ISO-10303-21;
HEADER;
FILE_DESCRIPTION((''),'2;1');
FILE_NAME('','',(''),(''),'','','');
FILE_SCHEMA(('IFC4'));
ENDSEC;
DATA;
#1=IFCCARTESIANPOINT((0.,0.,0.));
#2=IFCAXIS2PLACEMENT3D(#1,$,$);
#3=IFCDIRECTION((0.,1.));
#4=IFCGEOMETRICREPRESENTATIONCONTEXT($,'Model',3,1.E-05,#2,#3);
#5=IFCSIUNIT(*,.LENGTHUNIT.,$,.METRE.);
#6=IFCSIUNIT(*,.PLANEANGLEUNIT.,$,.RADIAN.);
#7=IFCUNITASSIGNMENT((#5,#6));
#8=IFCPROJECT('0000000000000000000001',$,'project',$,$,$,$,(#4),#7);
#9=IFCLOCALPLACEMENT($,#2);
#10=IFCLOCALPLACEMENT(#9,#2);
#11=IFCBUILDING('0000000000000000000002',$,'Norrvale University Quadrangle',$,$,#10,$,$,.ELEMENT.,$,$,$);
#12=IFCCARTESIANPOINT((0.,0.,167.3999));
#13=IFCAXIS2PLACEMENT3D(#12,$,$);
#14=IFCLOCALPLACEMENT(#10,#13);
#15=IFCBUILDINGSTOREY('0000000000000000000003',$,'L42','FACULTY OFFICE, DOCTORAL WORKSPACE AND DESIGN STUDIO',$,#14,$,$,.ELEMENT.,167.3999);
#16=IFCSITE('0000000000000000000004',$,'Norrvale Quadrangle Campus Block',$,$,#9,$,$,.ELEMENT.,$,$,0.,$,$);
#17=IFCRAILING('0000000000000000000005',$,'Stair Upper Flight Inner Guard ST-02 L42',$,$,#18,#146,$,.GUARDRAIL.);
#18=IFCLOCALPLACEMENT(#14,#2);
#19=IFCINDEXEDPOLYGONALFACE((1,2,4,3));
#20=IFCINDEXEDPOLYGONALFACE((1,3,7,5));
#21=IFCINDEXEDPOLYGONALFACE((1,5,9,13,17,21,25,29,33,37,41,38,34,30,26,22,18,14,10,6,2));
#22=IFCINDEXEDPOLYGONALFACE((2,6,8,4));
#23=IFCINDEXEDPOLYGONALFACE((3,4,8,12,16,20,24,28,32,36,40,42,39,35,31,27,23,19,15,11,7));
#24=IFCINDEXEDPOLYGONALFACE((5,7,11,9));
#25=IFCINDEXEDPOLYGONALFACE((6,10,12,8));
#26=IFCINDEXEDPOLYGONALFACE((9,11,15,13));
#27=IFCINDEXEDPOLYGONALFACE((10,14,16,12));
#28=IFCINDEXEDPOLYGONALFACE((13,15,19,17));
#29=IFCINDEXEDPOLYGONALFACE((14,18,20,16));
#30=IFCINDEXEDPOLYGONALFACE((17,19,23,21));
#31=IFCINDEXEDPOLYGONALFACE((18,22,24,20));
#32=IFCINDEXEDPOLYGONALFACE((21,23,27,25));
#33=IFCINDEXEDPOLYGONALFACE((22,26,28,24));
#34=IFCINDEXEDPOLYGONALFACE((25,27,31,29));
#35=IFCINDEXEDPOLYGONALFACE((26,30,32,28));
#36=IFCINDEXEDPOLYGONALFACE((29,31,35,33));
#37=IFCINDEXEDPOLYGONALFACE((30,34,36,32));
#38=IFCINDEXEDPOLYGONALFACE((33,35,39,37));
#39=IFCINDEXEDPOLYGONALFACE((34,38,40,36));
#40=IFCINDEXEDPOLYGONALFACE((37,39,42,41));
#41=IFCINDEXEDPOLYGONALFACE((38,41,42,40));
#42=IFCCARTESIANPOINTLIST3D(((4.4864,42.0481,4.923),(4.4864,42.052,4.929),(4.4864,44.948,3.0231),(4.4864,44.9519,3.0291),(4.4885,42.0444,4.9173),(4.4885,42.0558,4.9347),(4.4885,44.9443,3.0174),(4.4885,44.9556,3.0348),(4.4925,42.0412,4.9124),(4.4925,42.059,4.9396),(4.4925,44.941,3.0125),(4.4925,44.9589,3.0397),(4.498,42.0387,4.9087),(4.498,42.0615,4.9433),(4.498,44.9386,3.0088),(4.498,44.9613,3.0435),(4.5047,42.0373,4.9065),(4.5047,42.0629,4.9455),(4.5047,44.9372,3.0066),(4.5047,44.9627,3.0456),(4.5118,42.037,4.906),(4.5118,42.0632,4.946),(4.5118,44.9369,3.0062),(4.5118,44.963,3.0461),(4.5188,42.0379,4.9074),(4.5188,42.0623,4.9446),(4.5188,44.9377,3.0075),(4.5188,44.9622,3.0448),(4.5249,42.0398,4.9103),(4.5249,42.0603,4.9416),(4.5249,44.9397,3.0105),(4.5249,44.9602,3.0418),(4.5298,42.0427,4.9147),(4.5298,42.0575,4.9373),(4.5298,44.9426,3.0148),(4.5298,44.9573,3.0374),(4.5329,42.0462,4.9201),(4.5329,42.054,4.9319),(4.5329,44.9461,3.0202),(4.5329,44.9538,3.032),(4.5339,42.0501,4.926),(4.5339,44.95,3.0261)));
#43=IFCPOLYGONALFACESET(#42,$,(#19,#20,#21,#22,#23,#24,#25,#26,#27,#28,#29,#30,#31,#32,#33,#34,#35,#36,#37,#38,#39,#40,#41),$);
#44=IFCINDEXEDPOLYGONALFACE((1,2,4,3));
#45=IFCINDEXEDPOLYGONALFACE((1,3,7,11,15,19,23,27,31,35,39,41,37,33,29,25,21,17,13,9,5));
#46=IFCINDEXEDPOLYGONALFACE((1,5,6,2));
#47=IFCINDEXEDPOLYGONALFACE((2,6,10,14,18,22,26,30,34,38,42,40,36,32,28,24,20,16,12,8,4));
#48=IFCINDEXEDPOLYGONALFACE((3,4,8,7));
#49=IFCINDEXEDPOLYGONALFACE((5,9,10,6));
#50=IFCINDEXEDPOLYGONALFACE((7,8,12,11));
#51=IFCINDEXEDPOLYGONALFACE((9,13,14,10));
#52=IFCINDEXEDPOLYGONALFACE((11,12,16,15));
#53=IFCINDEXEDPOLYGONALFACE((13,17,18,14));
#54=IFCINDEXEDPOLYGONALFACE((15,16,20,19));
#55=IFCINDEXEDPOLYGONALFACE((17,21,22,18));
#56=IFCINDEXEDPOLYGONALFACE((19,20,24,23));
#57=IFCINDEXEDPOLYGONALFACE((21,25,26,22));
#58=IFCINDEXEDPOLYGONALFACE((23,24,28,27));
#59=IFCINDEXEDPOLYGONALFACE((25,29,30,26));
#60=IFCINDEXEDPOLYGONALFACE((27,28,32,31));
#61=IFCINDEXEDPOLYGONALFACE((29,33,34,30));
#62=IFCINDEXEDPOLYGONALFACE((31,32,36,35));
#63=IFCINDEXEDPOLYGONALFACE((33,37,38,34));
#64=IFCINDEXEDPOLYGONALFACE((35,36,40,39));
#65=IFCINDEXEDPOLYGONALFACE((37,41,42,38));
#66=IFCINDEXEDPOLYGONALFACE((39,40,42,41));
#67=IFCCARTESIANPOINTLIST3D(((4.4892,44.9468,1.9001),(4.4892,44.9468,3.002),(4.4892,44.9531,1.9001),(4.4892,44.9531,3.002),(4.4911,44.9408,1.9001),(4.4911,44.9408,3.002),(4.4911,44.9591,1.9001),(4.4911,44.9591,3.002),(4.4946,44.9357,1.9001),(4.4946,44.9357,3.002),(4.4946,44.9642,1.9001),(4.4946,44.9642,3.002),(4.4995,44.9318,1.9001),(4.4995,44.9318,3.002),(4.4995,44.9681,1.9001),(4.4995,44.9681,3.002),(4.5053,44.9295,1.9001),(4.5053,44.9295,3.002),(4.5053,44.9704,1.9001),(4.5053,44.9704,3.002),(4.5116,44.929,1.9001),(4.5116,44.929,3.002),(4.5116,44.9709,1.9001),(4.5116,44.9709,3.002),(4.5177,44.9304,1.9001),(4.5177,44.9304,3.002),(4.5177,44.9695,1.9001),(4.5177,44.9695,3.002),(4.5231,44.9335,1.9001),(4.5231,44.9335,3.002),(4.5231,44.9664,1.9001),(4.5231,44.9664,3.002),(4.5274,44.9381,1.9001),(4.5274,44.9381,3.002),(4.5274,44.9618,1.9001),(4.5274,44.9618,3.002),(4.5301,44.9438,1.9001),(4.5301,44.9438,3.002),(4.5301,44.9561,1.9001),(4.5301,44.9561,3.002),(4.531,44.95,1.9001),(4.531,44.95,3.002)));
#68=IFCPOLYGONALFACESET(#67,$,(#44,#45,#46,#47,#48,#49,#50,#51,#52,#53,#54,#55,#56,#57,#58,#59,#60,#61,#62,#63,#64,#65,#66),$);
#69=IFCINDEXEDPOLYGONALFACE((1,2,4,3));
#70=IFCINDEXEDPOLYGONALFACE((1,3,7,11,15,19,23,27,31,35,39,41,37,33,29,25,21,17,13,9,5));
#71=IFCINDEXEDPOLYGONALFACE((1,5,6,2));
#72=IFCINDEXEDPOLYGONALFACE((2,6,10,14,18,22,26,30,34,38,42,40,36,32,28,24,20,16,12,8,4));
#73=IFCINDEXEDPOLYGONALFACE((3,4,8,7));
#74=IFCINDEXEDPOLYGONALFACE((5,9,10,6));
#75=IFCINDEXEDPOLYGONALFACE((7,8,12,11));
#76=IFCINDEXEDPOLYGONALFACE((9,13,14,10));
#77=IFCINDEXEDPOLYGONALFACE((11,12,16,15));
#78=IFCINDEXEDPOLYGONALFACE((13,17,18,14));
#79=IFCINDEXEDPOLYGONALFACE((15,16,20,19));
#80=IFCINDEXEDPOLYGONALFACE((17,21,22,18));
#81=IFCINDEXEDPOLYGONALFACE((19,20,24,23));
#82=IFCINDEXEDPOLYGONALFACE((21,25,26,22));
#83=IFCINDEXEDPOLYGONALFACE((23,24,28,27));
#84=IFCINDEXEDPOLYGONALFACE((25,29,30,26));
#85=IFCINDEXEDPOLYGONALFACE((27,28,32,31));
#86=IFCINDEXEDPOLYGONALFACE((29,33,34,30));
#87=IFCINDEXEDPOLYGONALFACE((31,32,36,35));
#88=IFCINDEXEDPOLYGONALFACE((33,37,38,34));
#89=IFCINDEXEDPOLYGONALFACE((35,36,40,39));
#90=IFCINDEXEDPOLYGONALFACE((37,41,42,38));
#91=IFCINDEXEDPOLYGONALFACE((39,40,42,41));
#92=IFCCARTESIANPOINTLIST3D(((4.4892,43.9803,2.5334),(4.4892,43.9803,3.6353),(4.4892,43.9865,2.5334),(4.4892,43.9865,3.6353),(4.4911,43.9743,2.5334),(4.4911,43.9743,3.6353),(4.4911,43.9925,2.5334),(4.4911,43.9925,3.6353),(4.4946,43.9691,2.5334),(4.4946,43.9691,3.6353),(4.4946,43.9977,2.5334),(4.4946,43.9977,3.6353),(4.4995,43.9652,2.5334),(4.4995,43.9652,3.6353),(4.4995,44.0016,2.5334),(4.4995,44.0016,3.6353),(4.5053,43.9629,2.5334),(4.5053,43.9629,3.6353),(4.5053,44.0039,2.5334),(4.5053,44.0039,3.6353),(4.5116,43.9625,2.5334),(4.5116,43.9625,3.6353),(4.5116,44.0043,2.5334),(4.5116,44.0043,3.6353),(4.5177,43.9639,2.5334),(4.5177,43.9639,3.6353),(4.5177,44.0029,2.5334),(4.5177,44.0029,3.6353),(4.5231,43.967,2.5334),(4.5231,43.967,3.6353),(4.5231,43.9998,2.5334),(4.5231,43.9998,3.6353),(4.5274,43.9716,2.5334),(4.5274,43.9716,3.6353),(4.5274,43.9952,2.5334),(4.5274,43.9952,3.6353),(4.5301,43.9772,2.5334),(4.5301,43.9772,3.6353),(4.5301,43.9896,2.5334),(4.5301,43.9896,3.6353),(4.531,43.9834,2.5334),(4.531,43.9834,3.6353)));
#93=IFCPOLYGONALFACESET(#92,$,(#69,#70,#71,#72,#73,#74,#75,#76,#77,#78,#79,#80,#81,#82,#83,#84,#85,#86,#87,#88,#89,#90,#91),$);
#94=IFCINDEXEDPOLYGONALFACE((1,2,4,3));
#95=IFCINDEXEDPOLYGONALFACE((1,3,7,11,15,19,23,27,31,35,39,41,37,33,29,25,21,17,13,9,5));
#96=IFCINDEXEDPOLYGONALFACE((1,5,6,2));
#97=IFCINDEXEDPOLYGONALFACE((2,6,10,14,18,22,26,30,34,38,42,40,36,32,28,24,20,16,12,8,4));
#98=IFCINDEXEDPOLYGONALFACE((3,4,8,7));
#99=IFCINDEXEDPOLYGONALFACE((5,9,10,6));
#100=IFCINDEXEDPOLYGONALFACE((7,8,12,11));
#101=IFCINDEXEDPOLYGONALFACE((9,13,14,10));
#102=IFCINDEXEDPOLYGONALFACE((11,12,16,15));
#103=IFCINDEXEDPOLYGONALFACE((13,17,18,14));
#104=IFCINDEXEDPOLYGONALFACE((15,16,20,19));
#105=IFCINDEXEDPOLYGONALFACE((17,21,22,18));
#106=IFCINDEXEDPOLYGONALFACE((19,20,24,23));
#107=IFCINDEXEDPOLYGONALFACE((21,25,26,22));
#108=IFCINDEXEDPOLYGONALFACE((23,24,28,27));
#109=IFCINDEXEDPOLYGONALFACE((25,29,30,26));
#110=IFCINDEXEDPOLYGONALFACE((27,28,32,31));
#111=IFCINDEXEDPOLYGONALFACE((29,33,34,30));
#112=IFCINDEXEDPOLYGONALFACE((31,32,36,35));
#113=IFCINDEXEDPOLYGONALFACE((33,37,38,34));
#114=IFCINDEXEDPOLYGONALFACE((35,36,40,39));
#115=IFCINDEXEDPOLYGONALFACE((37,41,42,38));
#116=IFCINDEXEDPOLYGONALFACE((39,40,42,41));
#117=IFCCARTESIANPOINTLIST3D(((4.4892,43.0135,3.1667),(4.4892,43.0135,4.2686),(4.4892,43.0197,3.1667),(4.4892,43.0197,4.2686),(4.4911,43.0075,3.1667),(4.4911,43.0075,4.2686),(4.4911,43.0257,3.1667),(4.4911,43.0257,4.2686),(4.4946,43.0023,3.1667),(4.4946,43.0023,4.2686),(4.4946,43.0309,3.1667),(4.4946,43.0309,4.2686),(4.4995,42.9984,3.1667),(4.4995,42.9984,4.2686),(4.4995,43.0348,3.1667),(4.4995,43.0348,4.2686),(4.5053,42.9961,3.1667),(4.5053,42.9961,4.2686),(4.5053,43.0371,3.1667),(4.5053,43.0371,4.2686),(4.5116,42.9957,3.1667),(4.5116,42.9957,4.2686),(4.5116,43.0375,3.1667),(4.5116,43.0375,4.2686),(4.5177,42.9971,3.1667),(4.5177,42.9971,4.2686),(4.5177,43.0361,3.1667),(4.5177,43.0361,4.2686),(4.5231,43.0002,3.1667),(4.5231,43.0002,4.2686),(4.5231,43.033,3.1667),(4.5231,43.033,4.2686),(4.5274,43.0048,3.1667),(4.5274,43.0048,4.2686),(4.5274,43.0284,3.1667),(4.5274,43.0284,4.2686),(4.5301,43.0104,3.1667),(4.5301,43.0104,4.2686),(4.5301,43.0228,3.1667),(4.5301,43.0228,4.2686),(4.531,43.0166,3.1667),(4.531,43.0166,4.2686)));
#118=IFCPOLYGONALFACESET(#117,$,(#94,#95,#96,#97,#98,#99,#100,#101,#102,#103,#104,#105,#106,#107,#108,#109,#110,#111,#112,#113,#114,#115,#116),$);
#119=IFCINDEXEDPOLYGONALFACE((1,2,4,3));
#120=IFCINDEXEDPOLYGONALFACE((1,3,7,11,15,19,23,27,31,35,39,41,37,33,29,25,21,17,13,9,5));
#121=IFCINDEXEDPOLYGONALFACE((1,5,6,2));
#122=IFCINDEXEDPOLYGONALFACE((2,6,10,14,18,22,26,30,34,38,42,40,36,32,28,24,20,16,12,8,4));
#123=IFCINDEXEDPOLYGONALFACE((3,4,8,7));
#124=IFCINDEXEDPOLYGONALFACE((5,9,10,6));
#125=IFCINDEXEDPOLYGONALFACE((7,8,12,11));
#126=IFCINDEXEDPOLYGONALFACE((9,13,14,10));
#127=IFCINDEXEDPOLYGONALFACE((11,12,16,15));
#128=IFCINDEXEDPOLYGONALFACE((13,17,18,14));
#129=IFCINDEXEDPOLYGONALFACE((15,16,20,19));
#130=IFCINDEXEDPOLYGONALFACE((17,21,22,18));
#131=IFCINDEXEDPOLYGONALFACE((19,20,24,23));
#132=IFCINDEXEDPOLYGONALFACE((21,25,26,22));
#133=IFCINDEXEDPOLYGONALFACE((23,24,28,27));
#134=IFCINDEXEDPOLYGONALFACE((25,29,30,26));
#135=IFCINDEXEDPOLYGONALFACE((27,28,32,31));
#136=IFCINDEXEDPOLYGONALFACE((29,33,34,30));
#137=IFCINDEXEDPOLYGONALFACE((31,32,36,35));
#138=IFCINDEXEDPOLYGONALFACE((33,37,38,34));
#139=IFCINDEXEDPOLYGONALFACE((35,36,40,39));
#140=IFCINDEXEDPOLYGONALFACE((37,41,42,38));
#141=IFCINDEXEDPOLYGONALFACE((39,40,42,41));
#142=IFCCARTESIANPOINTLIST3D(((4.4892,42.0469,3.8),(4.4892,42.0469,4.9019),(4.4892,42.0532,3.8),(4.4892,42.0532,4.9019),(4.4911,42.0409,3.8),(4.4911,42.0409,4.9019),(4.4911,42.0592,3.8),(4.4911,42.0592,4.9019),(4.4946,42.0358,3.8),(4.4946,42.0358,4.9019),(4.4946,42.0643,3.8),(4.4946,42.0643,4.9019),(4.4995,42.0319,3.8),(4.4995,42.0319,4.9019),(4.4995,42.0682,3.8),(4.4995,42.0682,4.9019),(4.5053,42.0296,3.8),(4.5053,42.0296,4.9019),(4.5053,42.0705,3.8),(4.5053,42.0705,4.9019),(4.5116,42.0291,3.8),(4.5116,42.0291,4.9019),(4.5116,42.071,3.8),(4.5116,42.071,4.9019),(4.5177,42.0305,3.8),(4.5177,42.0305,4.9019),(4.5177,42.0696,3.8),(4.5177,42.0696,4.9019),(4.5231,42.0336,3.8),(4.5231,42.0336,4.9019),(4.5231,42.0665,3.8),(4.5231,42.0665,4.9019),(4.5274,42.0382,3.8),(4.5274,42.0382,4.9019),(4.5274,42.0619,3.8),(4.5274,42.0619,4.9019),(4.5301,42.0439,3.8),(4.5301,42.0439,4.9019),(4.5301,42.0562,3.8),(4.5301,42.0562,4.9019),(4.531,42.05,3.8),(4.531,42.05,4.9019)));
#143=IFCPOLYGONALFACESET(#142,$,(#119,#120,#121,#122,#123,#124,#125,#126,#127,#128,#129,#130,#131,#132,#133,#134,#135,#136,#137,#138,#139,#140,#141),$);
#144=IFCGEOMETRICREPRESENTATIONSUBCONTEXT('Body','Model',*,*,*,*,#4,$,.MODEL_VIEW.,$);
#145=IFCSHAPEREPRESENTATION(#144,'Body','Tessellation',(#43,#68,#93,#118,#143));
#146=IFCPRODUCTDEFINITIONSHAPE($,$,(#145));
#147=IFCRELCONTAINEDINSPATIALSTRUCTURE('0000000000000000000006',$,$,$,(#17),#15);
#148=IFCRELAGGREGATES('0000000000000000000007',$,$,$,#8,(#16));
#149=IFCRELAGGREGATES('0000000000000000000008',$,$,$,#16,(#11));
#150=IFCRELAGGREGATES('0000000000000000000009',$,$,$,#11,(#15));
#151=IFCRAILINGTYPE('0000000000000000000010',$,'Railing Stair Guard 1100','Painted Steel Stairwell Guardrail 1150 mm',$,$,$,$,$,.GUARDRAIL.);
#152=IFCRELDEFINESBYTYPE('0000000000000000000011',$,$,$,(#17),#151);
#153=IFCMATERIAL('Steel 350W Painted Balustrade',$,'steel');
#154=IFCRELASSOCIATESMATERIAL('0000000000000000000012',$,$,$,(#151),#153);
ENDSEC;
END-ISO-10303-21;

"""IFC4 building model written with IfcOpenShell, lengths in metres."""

from ifc_helpers import new_model, si_unit, direction, frame, origin, origin_2d, place, context, subcontext, project, spatial, circle, extrude, material, type_object, element, save


model = new_model("IFC4")

# Units and contexts
model_context = context("Model", 3, precision=1e-05, world=origin(), true_north=direction((0.0, 1.0)))
body_context = subcontext(model_context, "Body", "Model", "MODEL_VIEW")
ifc_project = project(units=[si_unit("LENGTHUNIT", "METRE"), si_unit("PLANEANGLEUNIT", "RADIAN")], contexts=[model_context])

# Site, building, storey
site_placement = place(None, origin())
site = spatial("IfcSite", under=ifc_project, at=site_placement, Name="Norrvale Quadrangle Campus Block", CompositionType="ELEMENT", RefElevation=0.0)
building_placement = place(site_placement, origin())
building = spatial("IfcBuilding", under=site, at=building_placement, Name="Norrvale University Quadrangle", CompositionType="ELEMENT")
storey_placement = place(building_placement, frame((0.0, 0.0, 167.3999)))
storey = spatial("IfcBuildingStorey", under=building, at=storey_placement, Name="L42", Description="FACULTY OFFICE, DOCTORAL WORKSPACE AND DESIGN STUDIO", CompositionType="ELEMENT", Elevation=167.3999)

# Railing
ifc_material_1 = material(Name="Steel 350W Painted Balustrade", Category="steel")
railing_type_1 = type_object("IfcRailingType", Name="Railing Stair Guard 1100", Description="Painted Steel Stairwell Guardrail 1150 mm", PredefinedType="GUARDRAIL", material=ifc_material_1)
railing_1_placement = place(storey_placement, frame((4.51, 44.95, 1.9001)))
element("IfcRailing", 1, at=railing_1_placement, inside=storey, type_object=railing_type_1, Name="Stair Upper Flight Inner Guard ST-02 L42", PredefinedType="GUARDRAIL", context=body_context, shape_type="SweptSolid", body=[
    extrude(circle(Radius=0.0239, at=origin_2d()), frame((0.0, 0.0, 1.126), z_axis=(0.0, -0.836466, 0.548019), x_axis=(1.0, 0.0, 0.0)), (0.0, 0.0, 1.0), 3.4668),
    extrude(circle(Radius=0.021, at=origin_2d()), origin(), (0.0, 0.0, 1.0), 1.1018),
    extrude(circle(Radius=0.021, at=origin_2d()), frame((0.0, -0.9666, 0.6333)), (0.0, 0.0, 1.0), 1.1018),
    extrude(circle(Radius=0.021, at=origin_2d()), frame((0.0, -1.9333, 1.2666)), (0.0, 0.0, 1.0), 1.1018),
    extrude(circle(Radius=0.021, at=origin_2d()), frame((0.0, -2.8999, 1.8999)), (0.0, 0.0, 1.0), 1.1018),
])

save(model, "model.ifc")
